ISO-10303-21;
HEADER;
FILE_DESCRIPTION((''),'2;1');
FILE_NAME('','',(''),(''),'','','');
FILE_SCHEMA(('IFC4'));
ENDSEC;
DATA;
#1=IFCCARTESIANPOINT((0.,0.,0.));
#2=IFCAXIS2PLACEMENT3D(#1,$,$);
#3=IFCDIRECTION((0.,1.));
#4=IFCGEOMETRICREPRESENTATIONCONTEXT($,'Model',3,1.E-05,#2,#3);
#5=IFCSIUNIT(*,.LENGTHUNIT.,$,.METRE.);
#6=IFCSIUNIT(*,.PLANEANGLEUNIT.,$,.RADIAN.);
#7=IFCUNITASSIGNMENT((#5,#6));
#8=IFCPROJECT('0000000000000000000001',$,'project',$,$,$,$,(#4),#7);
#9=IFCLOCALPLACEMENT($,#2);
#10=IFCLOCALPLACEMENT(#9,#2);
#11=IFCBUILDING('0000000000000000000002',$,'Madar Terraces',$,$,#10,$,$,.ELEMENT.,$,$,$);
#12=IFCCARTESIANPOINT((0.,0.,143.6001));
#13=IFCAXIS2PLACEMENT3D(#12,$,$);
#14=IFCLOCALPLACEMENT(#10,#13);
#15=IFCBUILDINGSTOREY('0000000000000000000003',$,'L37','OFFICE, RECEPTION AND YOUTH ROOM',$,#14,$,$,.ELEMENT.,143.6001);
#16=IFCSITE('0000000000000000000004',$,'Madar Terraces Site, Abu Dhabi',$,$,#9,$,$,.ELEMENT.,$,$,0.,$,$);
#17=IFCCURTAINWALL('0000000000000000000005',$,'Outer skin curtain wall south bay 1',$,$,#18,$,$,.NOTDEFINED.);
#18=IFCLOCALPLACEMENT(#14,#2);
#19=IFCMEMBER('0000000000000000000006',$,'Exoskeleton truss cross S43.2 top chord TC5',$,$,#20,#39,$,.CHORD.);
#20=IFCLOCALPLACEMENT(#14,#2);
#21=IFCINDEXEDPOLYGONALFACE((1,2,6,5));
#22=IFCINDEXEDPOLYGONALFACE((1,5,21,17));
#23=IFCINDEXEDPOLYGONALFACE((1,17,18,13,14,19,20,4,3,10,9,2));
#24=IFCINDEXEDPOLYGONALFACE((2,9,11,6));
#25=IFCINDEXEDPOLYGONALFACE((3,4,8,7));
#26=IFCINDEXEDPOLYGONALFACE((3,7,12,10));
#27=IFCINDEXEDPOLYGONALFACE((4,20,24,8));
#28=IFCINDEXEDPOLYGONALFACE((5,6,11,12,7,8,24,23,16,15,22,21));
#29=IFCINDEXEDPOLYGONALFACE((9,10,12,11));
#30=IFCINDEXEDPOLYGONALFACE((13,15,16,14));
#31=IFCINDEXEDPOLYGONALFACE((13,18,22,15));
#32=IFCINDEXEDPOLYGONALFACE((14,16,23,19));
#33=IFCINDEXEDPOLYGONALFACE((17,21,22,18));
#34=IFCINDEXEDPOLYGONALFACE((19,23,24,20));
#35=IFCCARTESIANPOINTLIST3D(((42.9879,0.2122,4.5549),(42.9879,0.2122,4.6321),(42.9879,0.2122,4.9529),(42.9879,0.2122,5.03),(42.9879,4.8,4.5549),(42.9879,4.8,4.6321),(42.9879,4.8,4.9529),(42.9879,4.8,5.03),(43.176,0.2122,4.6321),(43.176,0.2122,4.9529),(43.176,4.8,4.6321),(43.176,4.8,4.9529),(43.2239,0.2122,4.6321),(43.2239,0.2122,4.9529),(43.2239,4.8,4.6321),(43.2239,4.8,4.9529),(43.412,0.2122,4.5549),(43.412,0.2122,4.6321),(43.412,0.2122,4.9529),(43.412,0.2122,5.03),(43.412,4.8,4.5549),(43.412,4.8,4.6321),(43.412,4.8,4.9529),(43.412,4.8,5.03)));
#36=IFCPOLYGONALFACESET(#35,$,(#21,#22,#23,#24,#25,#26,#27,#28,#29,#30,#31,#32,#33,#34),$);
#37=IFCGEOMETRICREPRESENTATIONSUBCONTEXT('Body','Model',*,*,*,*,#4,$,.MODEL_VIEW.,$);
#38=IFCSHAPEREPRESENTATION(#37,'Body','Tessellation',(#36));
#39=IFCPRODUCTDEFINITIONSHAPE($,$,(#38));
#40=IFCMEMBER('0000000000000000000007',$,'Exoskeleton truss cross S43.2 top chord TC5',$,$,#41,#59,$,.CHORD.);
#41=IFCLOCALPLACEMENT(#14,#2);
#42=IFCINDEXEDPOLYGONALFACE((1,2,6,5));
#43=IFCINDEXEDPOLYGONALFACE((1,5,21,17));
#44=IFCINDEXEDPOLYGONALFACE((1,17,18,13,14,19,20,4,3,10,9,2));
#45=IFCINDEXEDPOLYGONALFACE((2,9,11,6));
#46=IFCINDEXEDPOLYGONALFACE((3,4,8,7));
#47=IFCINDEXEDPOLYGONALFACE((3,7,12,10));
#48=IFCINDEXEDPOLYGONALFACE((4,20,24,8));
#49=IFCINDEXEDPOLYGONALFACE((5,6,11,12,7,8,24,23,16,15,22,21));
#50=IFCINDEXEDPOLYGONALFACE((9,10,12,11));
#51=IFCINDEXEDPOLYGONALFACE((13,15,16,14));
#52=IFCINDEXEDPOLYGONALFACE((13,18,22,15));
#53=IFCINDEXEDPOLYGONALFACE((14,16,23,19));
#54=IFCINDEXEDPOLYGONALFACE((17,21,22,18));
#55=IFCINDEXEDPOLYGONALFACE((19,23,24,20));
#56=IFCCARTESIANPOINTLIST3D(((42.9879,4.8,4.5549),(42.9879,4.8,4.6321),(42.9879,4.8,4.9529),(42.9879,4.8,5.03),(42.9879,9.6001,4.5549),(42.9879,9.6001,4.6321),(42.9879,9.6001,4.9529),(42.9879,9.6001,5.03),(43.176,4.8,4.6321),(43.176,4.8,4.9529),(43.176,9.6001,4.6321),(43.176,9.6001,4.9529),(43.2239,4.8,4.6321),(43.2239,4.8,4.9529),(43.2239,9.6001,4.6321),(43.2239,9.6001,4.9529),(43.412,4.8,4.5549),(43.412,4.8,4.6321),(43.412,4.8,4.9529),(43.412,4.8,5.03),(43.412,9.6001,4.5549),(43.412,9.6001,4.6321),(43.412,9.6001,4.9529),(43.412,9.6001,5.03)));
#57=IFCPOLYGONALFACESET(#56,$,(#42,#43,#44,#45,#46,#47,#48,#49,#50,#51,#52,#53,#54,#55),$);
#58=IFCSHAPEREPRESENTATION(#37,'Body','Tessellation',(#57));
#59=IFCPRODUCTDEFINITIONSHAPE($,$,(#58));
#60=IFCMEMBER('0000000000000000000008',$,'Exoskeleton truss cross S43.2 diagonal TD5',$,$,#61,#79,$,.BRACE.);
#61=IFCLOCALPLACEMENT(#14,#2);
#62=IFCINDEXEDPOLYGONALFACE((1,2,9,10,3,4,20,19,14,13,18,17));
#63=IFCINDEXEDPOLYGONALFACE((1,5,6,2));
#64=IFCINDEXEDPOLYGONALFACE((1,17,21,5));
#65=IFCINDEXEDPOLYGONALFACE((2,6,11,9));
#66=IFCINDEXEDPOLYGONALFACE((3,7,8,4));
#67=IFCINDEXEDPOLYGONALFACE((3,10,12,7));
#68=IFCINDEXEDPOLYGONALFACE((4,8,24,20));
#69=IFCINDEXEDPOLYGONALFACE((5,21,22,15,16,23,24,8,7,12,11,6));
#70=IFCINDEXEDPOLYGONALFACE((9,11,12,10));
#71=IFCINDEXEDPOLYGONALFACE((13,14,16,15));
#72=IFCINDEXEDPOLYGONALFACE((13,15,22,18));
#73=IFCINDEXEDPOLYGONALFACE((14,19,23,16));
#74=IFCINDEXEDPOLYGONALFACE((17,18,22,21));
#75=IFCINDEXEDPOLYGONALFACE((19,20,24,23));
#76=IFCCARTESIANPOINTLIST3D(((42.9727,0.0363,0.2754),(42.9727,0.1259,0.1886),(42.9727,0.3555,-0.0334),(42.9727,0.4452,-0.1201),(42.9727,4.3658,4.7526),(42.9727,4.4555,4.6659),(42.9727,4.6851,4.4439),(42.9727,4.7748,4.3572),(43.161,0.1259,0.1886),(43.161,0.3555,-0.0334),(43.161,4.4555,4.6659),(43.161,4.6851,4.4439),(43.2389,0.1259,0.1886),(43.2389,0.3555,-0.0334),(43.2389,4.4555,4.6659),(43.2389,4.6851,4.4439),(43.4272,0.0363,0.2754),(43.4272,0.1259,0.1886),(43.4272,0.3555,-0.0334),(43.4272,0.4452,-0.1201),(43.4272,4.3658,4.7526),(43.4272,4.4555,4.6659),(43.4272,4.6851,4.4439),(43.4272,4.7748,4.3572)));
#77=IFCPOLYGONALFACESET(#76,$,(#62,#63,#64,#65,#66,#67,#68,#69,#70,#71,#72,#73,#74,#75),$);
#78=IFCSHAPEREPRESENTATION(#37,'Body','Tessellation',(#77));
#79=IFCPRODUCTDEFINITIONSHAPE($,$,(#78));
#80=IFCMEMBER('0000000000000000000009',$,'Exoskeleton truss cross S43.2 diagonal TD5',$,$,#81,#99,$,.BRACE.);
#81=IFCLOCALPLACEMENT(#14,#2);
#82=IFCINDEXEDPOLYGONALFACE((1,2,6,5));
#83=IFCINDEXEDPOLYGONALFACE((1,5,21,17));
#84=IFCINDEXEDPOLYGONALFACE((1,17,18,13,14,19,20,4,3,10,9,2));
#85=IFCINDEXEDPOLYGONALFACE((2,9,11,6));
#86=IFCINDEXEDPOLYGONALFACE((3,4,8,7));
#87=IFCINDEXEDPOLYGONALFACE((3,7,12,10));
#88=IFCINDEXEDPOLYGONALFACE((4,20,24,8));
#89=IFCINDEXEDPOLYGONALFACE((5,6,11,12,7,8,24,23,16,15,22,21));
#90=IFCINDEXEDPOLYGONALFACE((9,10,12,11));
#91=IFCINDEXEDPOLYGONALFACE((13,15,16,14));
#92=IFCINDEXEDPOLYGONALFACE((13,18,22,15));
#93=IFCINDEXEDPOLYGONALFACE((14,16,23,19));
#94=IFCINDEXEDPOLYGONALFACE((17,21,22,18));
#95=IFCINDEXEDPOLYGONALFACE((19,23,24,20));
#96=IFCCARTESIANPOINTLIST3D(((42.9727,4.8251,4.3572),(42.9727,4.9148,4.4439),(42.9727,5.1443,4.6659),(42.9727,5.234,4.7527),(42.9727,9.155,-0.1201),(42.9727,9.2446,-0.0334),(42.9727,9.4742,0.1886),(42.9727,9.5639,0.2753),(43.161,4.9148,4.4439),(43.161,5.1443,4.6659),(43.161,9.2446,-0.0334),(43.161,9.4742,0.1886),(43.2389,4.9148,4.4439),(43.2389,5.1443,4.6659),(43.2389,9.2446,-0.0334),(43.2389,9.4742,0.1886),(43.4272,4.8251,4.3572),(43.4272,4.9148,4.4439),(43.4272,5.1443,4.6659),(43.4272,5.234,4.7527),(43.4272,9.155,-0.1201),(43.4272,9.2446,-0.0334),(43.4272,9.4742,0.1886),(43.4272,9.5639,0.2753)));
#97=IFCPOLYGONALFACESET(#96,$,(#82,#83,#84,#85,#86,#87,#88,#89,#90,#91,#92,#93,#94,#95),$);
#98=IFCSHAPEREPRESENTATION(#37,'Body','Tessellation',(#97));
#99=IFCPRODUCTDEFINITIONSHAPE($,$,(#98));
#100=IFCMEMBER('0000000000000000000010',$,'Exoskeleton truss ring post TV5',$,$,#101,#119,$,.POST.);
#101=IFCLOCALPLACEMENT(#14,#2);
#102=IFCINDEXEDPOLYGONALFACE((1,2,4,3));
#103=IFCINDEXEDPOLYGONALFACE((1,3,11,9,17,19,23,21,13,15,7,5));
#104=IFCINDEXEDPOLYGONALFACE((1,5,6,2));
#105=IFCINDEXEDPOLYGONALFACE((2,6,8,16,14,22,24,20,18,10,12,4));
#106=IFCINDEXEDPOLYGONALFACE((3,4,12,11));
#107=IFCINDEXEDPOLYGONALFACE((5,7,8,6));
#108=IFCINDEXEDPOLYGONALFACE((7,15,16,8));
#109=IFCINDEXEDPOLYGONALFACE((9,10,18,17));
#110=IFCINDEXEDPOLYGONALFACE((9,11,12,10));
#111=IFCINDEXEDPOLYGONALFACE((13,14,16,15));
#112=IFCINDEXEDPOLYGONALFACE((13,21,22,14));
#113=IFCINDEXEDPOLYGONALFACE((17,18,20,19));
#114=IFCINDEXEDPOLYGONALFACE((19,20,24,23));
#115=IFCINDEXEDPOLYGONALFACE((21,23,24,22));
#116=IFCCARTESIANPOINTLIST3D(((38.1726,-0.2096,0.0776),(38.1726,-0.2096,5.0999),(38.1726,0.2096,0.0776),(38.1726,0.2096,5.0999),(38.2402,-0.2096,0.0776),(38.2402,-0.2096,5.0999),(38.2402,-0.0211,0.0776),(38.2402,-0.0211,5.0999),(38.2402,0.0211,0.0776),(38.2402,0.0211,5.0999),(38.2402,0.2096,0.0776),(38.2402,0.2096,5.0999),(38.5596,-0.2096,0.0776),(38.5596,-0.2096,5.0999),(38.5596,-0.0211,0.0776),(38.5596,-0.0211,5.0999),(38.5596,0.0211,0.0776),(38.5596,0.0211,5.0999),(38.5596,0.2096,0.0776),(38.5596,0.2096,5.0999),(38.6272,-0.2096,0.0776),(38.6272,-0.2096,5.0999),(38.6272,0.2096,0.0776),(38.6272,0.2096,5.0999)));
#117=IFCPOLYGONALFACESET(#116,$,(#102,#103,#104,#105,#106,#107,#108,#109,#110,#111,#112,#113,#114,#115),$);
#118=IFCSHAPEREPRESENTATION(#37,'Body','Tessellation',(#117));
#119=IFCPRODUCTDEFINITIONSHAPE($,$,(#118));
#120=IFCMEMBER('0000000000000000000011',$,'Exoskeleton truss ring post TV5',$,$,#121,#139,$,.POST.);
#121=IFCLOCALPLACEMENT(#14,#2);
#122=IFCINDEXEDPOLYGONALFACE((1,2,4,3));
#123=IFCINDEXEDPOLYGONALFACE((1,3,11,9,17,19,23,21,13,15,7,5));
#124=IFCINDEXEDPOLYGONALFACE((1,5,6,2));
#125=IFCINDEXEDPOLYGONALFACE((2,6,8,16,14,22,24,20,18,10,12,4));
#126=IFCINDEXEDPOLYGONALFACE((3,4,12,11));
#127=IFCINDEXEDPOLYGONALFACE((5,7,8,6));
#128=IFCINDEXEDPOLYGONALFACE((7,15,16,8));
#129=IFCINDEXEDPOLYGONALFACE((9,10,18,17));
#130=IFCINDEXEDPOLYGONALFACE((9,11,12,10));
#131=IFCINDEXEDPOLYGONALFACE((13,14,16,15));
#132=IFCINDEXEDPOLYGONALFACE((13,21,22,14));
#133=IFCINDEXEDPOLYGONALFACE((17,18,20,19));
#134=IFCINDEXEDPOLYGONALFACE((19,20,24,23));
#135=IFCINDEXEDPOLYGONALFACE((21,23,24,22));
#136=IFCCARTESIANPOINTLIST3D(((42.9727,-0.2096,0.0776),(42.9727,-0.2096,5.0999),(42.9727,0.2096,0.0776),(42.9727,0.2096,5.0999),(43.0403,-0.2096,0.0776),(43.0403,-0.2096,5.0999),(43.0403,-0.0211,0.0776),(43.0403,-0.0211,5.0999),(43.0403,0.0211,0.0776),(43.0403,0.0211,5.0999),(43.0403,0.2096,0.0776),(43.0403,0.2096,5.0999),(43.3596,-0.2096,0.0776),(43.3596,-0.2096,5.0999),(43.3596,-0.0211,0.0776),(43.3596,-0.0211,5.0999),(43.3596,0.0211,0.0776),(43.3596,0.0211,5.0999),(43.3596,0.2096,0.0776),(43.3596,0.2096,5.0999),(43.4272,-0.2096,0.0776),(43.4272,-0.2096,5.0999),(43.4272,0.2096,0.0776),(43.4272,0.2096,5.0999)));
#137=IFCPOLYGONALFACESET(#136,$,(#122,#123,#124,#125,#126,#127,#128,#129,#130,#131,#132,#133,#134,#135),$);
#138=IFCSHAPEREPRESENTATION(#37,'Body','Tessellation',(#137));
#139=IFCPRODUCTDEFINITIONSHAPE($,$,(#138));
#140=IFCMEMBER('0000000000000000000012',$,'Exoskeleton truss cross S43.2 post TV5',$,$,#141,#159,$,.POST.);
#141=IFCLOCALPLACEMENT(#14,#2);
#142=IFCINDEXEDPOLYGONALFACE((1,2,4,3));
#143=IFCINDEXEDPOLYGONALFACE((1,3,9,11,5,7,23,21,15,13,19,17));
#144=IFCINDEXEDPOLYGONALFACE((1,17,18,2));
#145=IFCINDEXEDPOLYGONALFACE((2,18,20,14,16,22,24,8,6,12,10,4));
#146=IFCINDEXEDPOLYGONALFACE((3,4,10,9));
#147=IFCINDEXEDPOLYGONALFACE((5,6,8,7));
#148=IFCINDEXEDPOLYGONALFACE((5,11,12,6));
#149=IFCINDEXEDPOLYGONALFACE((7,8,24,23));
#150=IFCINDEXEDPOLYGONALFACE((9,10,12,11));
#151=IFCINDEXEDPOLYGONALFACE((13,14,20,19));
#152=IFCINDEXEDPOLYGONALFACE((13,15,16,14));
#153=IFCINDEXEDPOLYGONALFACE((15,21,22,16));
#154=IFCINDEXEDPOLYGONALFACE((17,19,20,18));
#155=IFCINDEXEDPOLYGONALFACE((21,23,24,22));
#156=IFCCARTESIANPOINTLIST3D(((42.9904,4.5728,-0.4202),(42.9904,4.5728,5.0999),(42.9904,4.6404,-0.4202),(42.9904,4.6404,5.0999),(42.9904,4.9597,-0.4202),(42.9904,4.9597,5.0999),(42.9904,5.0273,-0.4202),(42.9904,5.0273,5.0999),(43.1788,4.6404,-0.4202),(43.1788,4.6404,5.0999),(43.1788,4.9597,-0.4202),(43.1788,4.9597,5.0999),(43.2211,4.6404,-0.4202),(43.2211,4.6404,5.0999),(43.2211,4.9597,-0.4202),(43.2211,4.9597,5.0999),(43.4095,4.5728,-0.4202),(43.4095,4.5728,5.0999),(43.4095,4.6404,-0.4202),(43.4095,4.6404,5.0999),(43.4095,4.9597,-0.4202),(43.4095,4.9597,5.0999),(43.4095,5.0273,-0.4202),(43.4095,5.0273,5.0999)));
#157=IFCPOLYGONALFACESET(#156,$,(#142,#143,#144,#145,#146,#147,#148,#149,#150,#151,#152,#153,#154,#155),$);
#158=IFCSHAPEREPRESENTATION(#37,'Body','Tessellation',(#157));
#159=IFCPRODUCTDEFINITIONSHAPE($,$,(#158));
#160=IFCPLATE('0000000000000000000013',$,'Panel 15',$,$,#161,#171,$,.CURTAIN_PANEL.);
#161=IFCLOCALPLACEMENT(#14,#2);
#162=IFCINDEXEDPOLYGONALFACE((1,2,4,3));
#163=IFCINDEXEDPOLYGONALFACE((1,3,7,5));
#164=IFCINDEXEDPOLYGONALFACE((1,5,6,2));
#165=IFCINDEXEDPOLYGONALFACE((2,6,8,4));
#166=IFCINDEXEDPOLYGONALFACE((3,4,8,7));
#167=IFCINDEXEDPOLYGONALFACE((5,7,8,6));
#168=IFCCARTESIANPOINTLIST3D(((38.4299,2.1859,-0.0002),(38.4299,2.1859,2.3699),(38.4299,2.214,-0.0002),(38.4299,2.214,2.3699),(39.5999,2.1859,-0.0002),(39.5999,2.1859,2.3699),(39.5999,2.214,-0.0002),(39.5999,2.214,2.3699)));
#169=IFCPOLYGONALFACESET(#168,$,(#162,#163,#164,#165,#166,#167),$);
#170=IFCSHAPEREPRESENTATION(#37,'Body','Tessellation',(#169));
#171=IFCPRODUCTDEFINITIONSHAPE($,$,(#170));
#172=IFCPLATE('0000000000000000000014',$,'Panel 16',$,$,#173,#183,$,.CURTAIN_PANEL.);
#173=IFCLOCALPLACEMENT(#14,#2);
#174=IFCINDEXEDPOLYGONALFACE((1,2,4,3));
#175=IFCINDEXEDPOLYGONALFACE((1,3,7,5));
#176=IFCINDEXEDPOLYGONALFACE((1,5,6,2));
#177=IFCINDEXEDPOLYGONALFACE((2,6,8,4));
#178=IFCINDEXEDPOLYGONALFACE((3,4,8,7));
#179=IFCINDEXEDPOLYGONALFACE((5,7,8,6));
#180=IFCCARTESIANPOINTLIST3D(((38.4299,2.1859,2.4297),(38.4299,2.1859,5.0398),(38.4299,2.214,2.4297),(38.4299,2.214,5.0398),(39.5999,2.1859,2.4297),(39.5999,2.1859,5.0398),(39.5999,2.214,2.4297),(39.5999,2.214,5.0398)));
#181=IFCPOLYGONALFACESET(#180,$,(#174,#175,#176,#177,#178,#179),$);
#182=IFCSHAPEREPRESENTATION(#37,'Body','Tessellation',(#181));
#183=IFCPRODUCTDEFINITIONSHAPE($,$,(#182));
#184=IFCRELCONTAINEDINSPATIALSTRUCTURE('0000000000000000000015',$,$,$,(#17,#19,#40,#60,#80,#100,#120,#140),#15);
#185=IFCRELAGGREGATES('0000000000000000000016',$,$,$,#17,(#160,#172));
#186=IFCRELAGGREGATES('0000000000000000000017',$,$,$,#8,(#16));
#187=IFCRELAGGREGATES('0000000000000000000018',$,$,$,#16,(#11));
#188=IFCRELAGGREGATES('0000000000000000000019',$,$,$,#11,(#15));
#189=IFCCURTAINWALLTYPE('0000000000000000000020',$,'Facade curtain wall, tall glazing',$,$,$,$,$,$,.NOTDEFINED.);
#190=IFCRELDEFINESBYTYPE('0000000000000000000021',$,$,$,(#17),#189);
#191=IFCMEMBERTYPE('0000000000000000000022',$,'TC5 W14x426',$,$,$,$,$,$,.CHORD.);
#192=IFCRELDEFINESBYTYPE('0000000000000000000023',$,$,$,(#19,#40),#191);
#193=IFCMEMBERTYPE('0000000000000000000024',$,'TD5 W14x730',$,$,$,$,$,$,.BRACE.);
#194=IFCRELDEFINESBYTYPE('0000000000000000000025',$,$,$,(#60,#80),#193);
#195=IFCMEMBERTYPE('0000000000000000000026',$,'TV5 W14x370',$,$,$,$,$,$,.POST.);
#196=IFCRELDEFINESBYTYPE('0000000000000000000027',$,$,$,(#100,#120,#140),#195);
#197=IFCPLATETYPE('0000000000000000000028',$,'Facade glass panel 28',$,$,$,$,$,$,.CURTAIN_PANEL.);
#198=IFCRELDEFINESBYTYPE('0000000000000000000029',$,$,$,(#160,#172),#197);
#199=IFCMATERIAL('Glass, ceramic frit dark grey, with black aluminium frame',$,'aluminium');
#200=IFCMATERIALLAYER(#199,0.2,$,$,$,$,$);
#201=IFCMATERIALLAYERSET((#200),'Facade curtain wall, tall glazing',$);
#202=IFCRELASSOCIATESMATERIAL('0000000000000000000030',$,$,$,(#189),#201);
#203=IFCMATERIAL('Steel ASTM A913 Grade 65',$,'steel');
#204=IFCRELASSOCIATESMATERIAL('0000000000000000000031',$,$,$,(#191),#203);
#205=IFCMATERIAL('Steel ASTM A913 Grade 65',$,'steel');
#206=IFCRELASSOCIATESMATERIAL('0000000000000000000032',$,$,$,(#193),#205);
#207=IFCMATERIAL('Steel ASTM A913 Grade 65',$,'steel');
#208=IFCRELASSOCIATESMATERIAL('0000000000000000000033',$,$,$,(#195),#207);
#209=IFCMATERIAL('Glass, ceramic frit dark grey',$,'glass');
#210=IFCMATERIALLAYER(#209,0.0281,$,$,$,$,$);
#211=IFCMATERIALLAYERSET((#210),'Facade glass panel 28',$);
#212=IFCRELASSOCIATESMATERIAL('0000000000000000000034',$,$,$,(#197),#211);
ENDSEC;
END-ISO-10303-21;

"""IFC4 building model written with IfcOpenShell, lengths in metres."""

from ifc_helpers import new_model, si_unit, direction, frame, origin, origin_2d, place, context, subcontext, project, spatial, rectangle, i_section, extrude, material, layer, layer_set, material_profile, profile_set, type_object, element, aggregate, save


model = new_model("IFC4")

# Units and contexts
model_context = context("Model", 3, precision=1e-05, world=origin(), true_north=direction((0.0, 1.0)))
body_context = subcontext(model_context, "Body", "Model", "MODEL_VIEW")
ifc_project = project(units=[si_unit("LENGTHUNIT", "METRE"), si_unit("PLANEANGLEUNIT", "RADIAN")], contexts=[model_context])

# Site, building, storey
site_placement = place(None, origin())
site = spatial("IfcSite", under=ifc_project, at=site_placement, Name="Madar Terraces Site, Abu Dhabi", CompositionType="ELEMENT", RefElevation=0.0)
building_placement = place(site_placement, origin())
building = spatial("IfcBuilding", under=site, at=building_placement, Name="Madar Terraces", CompositionType="ELEMENT")
storey_placement = place(building_placement, frame((0.0, 0.0, 143.6001)))
storey = spatial("IfcBuildingStorey", under=building, at=storey_placement, Name="L37", Description="OFFICE, RECEPTION AND YOUTH ROOM", CompositionType="ELEMENT", Elevation=143.6001)

# Curtain wall
ifc_material_1 = material(Name="Glass, ceramic frit dark grey, with black aluminium frame", Category="aluminium")
ifc_layer_1 = layer(ifc_material_1, 0.2)
ifc_layer_set_1 = layer_set([ifc_layer_1], Name="Facade curtain wall, tall glazing")
curtain_wall_type = type_object("IfcCurtainWallType", Name="Facade curtain wall, tall glazing", PredefinedType="NOTDEFINED", material=ifc_layer_set_1)
curtain_wall_placement = place(storey_placement, origin())
curtain_wall = element("IfcCurtainWall", 1, at=curtain_wall_placement, inside=storey, type_object=curtain_wall_type, Name="Outer skin curtain wall south bay 1", PredefinedType="NOTDEFINED")

# Members
ifc_material_2 = material(Name="Steel ASTM A913 Grade 65", Category="steel")
ifc_material_profile_1 = material_profile(ifc_material_2, i_section(OverallWidth=0.4241, OverallDepth=0.4751, WebThickness=0.0479, FlangeThickness=0.0771, at=origin_2d()), Name="W14x426")
ifc_profile_set_1 = profile_set([ifc_material_profile_1], Name="Steel ASTM A913 Grade 65")
member_type_1 = type_object("IfcMemberType", Name="TC5 W14x426", PredefinedType="CHORD", material=ifc_profile_set_1)
member_1_placement = place(storey_placement, frame((43.2, 0.2122, 4.7925), z_axis=(0.0, 1.0, 0.0), x_axis=(-1.0, 0.0, 0.0)))
element("IfcMember", 2, at=member_1_placement, inside=storey, type_object=member_type_1, Name="Exoskeleton truss cross S43.2 top chord TC5", PredefinedType="CHORD", context=body_context, shape_type="SweptSolid", body=[
    extrude(i_section(OverallWidth=0.4241, OverallDepth=0.4751, WebThickness=0.0479, FlangeThickness=0.0771, at=origin_2d()), origin(), (0.0, 0.0, 1.0), 4.5879),
])
member_2_placement = place(storey_placement, frame((43.2, 4.8, 4.7925), z_axis=(0.0, 1.0, 0.0), x_axis=(-1.0, 0.0, 0.0)))
element("IfcMember", 3, at=member_2_placement, inside=storey, type_object=member_type_1, Name="Exoskeleton truss cross S43.2 top chord TC5", PredefinedType="CHORD", context=body_context, shape_type="SweptSolid", body=[
    extrude(i_section(OverallWidth=0.4241, OverallDepth=0.4751, WebThickness=0.0479, FlangeThickness=0.0771, at=origin_2d()), origin(), (0.0, 0.0, 1.0), 4.8),
])
ifc_material_3 = material(Name="Steel ASTM A913 Grade 65", Category="steel")
ifc_material_profile_2 = material_profile(ifc_material_3, i_section(OverallWidth=0.4546, OverallDepth=0.5688, WebThickness=0.0779, FlangeThickness=0.1248, at=origin_2d()), Name="W14x730")
ifc_profile_set_2 = profile_set([ifc_material_profile_2], Name="Steel ASTM A913 Grade 65")
member_type_2 = type_object("IfcMemberType", Name="TD5 W14x730", PredefinedType="BRACE", material=ifc_profile_set_2)
member_3_placement = place(storey_placement, frame((43.2, 0.2407, 0.0776), z_axis=(0.0, 0.69515, 0.718865), x_axis=(-1.0, 0.0, 0.0)))
element("IfcMember", 4, at=member_3_placement, inside=storey, type_object=member_type_2, Name="Exoskeleton truss cross S43.2 diagonal TD5", PredefinedType="BRACE", context=body_context, shape_type="SweptSolid", body=[
    extrude(i_section(OverallWidth=0.4546, OverallDepth=0.5688, WebThickness=0.0779, FlangeThickness=0.1248, at=origin_2d()), origin(), (0.0, 0.0, 1.0), 6.2283),
])
member_4_placement = place(storey_placement, frame((43.2, 5.0295, 4.5549), z_axis=(0.0, 0.69517, -0.718845), x_axis=(-1.0, 0.0, 0.0)))
element("IfcMember", 5, at=member_4_placement, inside=storey, type_object=member_type_2, Name="Exoskeleton truss cross S43.2 diagonal TD5", PredefinedType="BRACE", context=body_context, shape_type="SweptSolid", body=[
    extrude(i_section(OverallWidth=0.4546, OverallDepth=0.5688, WebThickness=0.0779, FlangeThickness=0.1248, at=origin_2d()), origin(), (0.0, 0.0, 1.0), 6.2285),
])
ifc_material_4 = material(Name="Steel ASTM A913 Grade 65", Category="steel")
ifc_material_profile_3 = material_profile(ifc_material_4, i_section(OverallWidth=0.4192, OverallDepth=0.4546, WebThickness=0.0422, FlangeThickness=0.0676, at=origin_2d()), Name="W14x370")
ifc_profile_set_3 = profile_set([ifc_material_profile_3], Name="Steel ASTM A913 Grade 65")
member_type_3 = type_object("IfcMemberType", Name="TV5 W14x370", PredefinedType="POST", material=ifc_profile_set_3)
for number, where, z_axis, x_axis, name in (
    (6, (38.3999, 0.0, 0.0776), (0.0, 0.0, 1.0), (0.0, 1.0, 0.0), "Exoskeleton truss ring post TV5"),
    (7, (43.2, 0.0, 0.0776), (0.0, 0.0, 1.0), (0.0, 1.0, 0.0), "Exoskeleton truss ring post TV5"),
):
    element("IfcMember", number, at=place(storey_placement, frame(where, z_axis=z_axis, x_axis=x_axis)), inside=storey, type_object=member_type_3, Name=name, PredefinedType="POST", context=body_context, shape_type="SweptSolid", body=[
        extrude(i_section(OverallWidth=0.4192, OverallDepth=0.4546, WebThickness=0.0422, FlangeThickness=0.0676, at=origin_2d()), origin(), (0.0, 0.0, 1.0), 5.0222),
    ])
member_5_placement = place(storey_placement, frame((43.2, 4.8, -0.4202), z_axis=(0.0, 0.0, 1.0), x_axis=(-1.0, 0.0, 0.0)))
element("IfcMember", 8, at=member_5_placement, inside=storey, type_object=member_type_3, Name="Exoskeleton truss cross S43.2 post TV5", PredefinedType="POST", context=body_context, shape_type="SweptSolid", body=[
    extrude(i_section(OverallWidth=0.4192, OverallDepth=0.4546, WebThickness=0.0422, FlangeThickness=0.0676, at=origin_2d()), origin(), (0.0, 0.0, 1.0), 5.52),
])

# Plates
ifc_material_5 = material(Name="Glass, ceramic frit dark grey", Category="glass")
ifc_layer_2 = layer(ifc_material_5, 0.0281)
ifc_layer_set_2 = layer_set([ifc_layer_2], Name="Facade glass panel 28")
plate_type = type_object("IfcPlateType", Name="Facade glass panel 28", PredefinedType="CURTAIN_PANEL", material=ifc_layer_set_2)
plate_1_placement = place(storey_placement, frame((39.0149, 2.2, -0.0002), z_axis=(0.0, 0.0, 1.0), x_axis=(1.0, 0.0, 0.0)))
plate_1 = element("IfcPlate", 9, at=plate_1_placement, type_object=plate_type, Name="Panel 15", PredefinedType="CURTAIN_PANEL", context=body_context, shape_type="SweptSolid", body=[
    extrude(rectangle(XDim=1.1699, YDim=0.0281, at=origin_2d()), origin(), (0.0, 0.0, 1.0), 2.3701),
])
plate_2_placement = place(storey_placement, frame((39.0149, 2.2, 2.4297), z_axis=(0.0, 0.0, 1.0), x_axis=(1.0, 0.0, 0.0)))
plate_2 = element("IfcPlate", 10, at=plate_2_placement, type_object=plate_type, Name="Panel 16", PredefinedType="CURTAIN_PANEL", context=body_context, shape_type="SweptSolid", body=[
    extrude(rectangle(XDim=1.1699, YDim=0.0281, at=origin_2d()), origin(), (0.0, 0.0, 1.0), 2.6101),
])
aggregate(curtain_wall, [plate_1, plate_2])

save(model, "model.ifc")
